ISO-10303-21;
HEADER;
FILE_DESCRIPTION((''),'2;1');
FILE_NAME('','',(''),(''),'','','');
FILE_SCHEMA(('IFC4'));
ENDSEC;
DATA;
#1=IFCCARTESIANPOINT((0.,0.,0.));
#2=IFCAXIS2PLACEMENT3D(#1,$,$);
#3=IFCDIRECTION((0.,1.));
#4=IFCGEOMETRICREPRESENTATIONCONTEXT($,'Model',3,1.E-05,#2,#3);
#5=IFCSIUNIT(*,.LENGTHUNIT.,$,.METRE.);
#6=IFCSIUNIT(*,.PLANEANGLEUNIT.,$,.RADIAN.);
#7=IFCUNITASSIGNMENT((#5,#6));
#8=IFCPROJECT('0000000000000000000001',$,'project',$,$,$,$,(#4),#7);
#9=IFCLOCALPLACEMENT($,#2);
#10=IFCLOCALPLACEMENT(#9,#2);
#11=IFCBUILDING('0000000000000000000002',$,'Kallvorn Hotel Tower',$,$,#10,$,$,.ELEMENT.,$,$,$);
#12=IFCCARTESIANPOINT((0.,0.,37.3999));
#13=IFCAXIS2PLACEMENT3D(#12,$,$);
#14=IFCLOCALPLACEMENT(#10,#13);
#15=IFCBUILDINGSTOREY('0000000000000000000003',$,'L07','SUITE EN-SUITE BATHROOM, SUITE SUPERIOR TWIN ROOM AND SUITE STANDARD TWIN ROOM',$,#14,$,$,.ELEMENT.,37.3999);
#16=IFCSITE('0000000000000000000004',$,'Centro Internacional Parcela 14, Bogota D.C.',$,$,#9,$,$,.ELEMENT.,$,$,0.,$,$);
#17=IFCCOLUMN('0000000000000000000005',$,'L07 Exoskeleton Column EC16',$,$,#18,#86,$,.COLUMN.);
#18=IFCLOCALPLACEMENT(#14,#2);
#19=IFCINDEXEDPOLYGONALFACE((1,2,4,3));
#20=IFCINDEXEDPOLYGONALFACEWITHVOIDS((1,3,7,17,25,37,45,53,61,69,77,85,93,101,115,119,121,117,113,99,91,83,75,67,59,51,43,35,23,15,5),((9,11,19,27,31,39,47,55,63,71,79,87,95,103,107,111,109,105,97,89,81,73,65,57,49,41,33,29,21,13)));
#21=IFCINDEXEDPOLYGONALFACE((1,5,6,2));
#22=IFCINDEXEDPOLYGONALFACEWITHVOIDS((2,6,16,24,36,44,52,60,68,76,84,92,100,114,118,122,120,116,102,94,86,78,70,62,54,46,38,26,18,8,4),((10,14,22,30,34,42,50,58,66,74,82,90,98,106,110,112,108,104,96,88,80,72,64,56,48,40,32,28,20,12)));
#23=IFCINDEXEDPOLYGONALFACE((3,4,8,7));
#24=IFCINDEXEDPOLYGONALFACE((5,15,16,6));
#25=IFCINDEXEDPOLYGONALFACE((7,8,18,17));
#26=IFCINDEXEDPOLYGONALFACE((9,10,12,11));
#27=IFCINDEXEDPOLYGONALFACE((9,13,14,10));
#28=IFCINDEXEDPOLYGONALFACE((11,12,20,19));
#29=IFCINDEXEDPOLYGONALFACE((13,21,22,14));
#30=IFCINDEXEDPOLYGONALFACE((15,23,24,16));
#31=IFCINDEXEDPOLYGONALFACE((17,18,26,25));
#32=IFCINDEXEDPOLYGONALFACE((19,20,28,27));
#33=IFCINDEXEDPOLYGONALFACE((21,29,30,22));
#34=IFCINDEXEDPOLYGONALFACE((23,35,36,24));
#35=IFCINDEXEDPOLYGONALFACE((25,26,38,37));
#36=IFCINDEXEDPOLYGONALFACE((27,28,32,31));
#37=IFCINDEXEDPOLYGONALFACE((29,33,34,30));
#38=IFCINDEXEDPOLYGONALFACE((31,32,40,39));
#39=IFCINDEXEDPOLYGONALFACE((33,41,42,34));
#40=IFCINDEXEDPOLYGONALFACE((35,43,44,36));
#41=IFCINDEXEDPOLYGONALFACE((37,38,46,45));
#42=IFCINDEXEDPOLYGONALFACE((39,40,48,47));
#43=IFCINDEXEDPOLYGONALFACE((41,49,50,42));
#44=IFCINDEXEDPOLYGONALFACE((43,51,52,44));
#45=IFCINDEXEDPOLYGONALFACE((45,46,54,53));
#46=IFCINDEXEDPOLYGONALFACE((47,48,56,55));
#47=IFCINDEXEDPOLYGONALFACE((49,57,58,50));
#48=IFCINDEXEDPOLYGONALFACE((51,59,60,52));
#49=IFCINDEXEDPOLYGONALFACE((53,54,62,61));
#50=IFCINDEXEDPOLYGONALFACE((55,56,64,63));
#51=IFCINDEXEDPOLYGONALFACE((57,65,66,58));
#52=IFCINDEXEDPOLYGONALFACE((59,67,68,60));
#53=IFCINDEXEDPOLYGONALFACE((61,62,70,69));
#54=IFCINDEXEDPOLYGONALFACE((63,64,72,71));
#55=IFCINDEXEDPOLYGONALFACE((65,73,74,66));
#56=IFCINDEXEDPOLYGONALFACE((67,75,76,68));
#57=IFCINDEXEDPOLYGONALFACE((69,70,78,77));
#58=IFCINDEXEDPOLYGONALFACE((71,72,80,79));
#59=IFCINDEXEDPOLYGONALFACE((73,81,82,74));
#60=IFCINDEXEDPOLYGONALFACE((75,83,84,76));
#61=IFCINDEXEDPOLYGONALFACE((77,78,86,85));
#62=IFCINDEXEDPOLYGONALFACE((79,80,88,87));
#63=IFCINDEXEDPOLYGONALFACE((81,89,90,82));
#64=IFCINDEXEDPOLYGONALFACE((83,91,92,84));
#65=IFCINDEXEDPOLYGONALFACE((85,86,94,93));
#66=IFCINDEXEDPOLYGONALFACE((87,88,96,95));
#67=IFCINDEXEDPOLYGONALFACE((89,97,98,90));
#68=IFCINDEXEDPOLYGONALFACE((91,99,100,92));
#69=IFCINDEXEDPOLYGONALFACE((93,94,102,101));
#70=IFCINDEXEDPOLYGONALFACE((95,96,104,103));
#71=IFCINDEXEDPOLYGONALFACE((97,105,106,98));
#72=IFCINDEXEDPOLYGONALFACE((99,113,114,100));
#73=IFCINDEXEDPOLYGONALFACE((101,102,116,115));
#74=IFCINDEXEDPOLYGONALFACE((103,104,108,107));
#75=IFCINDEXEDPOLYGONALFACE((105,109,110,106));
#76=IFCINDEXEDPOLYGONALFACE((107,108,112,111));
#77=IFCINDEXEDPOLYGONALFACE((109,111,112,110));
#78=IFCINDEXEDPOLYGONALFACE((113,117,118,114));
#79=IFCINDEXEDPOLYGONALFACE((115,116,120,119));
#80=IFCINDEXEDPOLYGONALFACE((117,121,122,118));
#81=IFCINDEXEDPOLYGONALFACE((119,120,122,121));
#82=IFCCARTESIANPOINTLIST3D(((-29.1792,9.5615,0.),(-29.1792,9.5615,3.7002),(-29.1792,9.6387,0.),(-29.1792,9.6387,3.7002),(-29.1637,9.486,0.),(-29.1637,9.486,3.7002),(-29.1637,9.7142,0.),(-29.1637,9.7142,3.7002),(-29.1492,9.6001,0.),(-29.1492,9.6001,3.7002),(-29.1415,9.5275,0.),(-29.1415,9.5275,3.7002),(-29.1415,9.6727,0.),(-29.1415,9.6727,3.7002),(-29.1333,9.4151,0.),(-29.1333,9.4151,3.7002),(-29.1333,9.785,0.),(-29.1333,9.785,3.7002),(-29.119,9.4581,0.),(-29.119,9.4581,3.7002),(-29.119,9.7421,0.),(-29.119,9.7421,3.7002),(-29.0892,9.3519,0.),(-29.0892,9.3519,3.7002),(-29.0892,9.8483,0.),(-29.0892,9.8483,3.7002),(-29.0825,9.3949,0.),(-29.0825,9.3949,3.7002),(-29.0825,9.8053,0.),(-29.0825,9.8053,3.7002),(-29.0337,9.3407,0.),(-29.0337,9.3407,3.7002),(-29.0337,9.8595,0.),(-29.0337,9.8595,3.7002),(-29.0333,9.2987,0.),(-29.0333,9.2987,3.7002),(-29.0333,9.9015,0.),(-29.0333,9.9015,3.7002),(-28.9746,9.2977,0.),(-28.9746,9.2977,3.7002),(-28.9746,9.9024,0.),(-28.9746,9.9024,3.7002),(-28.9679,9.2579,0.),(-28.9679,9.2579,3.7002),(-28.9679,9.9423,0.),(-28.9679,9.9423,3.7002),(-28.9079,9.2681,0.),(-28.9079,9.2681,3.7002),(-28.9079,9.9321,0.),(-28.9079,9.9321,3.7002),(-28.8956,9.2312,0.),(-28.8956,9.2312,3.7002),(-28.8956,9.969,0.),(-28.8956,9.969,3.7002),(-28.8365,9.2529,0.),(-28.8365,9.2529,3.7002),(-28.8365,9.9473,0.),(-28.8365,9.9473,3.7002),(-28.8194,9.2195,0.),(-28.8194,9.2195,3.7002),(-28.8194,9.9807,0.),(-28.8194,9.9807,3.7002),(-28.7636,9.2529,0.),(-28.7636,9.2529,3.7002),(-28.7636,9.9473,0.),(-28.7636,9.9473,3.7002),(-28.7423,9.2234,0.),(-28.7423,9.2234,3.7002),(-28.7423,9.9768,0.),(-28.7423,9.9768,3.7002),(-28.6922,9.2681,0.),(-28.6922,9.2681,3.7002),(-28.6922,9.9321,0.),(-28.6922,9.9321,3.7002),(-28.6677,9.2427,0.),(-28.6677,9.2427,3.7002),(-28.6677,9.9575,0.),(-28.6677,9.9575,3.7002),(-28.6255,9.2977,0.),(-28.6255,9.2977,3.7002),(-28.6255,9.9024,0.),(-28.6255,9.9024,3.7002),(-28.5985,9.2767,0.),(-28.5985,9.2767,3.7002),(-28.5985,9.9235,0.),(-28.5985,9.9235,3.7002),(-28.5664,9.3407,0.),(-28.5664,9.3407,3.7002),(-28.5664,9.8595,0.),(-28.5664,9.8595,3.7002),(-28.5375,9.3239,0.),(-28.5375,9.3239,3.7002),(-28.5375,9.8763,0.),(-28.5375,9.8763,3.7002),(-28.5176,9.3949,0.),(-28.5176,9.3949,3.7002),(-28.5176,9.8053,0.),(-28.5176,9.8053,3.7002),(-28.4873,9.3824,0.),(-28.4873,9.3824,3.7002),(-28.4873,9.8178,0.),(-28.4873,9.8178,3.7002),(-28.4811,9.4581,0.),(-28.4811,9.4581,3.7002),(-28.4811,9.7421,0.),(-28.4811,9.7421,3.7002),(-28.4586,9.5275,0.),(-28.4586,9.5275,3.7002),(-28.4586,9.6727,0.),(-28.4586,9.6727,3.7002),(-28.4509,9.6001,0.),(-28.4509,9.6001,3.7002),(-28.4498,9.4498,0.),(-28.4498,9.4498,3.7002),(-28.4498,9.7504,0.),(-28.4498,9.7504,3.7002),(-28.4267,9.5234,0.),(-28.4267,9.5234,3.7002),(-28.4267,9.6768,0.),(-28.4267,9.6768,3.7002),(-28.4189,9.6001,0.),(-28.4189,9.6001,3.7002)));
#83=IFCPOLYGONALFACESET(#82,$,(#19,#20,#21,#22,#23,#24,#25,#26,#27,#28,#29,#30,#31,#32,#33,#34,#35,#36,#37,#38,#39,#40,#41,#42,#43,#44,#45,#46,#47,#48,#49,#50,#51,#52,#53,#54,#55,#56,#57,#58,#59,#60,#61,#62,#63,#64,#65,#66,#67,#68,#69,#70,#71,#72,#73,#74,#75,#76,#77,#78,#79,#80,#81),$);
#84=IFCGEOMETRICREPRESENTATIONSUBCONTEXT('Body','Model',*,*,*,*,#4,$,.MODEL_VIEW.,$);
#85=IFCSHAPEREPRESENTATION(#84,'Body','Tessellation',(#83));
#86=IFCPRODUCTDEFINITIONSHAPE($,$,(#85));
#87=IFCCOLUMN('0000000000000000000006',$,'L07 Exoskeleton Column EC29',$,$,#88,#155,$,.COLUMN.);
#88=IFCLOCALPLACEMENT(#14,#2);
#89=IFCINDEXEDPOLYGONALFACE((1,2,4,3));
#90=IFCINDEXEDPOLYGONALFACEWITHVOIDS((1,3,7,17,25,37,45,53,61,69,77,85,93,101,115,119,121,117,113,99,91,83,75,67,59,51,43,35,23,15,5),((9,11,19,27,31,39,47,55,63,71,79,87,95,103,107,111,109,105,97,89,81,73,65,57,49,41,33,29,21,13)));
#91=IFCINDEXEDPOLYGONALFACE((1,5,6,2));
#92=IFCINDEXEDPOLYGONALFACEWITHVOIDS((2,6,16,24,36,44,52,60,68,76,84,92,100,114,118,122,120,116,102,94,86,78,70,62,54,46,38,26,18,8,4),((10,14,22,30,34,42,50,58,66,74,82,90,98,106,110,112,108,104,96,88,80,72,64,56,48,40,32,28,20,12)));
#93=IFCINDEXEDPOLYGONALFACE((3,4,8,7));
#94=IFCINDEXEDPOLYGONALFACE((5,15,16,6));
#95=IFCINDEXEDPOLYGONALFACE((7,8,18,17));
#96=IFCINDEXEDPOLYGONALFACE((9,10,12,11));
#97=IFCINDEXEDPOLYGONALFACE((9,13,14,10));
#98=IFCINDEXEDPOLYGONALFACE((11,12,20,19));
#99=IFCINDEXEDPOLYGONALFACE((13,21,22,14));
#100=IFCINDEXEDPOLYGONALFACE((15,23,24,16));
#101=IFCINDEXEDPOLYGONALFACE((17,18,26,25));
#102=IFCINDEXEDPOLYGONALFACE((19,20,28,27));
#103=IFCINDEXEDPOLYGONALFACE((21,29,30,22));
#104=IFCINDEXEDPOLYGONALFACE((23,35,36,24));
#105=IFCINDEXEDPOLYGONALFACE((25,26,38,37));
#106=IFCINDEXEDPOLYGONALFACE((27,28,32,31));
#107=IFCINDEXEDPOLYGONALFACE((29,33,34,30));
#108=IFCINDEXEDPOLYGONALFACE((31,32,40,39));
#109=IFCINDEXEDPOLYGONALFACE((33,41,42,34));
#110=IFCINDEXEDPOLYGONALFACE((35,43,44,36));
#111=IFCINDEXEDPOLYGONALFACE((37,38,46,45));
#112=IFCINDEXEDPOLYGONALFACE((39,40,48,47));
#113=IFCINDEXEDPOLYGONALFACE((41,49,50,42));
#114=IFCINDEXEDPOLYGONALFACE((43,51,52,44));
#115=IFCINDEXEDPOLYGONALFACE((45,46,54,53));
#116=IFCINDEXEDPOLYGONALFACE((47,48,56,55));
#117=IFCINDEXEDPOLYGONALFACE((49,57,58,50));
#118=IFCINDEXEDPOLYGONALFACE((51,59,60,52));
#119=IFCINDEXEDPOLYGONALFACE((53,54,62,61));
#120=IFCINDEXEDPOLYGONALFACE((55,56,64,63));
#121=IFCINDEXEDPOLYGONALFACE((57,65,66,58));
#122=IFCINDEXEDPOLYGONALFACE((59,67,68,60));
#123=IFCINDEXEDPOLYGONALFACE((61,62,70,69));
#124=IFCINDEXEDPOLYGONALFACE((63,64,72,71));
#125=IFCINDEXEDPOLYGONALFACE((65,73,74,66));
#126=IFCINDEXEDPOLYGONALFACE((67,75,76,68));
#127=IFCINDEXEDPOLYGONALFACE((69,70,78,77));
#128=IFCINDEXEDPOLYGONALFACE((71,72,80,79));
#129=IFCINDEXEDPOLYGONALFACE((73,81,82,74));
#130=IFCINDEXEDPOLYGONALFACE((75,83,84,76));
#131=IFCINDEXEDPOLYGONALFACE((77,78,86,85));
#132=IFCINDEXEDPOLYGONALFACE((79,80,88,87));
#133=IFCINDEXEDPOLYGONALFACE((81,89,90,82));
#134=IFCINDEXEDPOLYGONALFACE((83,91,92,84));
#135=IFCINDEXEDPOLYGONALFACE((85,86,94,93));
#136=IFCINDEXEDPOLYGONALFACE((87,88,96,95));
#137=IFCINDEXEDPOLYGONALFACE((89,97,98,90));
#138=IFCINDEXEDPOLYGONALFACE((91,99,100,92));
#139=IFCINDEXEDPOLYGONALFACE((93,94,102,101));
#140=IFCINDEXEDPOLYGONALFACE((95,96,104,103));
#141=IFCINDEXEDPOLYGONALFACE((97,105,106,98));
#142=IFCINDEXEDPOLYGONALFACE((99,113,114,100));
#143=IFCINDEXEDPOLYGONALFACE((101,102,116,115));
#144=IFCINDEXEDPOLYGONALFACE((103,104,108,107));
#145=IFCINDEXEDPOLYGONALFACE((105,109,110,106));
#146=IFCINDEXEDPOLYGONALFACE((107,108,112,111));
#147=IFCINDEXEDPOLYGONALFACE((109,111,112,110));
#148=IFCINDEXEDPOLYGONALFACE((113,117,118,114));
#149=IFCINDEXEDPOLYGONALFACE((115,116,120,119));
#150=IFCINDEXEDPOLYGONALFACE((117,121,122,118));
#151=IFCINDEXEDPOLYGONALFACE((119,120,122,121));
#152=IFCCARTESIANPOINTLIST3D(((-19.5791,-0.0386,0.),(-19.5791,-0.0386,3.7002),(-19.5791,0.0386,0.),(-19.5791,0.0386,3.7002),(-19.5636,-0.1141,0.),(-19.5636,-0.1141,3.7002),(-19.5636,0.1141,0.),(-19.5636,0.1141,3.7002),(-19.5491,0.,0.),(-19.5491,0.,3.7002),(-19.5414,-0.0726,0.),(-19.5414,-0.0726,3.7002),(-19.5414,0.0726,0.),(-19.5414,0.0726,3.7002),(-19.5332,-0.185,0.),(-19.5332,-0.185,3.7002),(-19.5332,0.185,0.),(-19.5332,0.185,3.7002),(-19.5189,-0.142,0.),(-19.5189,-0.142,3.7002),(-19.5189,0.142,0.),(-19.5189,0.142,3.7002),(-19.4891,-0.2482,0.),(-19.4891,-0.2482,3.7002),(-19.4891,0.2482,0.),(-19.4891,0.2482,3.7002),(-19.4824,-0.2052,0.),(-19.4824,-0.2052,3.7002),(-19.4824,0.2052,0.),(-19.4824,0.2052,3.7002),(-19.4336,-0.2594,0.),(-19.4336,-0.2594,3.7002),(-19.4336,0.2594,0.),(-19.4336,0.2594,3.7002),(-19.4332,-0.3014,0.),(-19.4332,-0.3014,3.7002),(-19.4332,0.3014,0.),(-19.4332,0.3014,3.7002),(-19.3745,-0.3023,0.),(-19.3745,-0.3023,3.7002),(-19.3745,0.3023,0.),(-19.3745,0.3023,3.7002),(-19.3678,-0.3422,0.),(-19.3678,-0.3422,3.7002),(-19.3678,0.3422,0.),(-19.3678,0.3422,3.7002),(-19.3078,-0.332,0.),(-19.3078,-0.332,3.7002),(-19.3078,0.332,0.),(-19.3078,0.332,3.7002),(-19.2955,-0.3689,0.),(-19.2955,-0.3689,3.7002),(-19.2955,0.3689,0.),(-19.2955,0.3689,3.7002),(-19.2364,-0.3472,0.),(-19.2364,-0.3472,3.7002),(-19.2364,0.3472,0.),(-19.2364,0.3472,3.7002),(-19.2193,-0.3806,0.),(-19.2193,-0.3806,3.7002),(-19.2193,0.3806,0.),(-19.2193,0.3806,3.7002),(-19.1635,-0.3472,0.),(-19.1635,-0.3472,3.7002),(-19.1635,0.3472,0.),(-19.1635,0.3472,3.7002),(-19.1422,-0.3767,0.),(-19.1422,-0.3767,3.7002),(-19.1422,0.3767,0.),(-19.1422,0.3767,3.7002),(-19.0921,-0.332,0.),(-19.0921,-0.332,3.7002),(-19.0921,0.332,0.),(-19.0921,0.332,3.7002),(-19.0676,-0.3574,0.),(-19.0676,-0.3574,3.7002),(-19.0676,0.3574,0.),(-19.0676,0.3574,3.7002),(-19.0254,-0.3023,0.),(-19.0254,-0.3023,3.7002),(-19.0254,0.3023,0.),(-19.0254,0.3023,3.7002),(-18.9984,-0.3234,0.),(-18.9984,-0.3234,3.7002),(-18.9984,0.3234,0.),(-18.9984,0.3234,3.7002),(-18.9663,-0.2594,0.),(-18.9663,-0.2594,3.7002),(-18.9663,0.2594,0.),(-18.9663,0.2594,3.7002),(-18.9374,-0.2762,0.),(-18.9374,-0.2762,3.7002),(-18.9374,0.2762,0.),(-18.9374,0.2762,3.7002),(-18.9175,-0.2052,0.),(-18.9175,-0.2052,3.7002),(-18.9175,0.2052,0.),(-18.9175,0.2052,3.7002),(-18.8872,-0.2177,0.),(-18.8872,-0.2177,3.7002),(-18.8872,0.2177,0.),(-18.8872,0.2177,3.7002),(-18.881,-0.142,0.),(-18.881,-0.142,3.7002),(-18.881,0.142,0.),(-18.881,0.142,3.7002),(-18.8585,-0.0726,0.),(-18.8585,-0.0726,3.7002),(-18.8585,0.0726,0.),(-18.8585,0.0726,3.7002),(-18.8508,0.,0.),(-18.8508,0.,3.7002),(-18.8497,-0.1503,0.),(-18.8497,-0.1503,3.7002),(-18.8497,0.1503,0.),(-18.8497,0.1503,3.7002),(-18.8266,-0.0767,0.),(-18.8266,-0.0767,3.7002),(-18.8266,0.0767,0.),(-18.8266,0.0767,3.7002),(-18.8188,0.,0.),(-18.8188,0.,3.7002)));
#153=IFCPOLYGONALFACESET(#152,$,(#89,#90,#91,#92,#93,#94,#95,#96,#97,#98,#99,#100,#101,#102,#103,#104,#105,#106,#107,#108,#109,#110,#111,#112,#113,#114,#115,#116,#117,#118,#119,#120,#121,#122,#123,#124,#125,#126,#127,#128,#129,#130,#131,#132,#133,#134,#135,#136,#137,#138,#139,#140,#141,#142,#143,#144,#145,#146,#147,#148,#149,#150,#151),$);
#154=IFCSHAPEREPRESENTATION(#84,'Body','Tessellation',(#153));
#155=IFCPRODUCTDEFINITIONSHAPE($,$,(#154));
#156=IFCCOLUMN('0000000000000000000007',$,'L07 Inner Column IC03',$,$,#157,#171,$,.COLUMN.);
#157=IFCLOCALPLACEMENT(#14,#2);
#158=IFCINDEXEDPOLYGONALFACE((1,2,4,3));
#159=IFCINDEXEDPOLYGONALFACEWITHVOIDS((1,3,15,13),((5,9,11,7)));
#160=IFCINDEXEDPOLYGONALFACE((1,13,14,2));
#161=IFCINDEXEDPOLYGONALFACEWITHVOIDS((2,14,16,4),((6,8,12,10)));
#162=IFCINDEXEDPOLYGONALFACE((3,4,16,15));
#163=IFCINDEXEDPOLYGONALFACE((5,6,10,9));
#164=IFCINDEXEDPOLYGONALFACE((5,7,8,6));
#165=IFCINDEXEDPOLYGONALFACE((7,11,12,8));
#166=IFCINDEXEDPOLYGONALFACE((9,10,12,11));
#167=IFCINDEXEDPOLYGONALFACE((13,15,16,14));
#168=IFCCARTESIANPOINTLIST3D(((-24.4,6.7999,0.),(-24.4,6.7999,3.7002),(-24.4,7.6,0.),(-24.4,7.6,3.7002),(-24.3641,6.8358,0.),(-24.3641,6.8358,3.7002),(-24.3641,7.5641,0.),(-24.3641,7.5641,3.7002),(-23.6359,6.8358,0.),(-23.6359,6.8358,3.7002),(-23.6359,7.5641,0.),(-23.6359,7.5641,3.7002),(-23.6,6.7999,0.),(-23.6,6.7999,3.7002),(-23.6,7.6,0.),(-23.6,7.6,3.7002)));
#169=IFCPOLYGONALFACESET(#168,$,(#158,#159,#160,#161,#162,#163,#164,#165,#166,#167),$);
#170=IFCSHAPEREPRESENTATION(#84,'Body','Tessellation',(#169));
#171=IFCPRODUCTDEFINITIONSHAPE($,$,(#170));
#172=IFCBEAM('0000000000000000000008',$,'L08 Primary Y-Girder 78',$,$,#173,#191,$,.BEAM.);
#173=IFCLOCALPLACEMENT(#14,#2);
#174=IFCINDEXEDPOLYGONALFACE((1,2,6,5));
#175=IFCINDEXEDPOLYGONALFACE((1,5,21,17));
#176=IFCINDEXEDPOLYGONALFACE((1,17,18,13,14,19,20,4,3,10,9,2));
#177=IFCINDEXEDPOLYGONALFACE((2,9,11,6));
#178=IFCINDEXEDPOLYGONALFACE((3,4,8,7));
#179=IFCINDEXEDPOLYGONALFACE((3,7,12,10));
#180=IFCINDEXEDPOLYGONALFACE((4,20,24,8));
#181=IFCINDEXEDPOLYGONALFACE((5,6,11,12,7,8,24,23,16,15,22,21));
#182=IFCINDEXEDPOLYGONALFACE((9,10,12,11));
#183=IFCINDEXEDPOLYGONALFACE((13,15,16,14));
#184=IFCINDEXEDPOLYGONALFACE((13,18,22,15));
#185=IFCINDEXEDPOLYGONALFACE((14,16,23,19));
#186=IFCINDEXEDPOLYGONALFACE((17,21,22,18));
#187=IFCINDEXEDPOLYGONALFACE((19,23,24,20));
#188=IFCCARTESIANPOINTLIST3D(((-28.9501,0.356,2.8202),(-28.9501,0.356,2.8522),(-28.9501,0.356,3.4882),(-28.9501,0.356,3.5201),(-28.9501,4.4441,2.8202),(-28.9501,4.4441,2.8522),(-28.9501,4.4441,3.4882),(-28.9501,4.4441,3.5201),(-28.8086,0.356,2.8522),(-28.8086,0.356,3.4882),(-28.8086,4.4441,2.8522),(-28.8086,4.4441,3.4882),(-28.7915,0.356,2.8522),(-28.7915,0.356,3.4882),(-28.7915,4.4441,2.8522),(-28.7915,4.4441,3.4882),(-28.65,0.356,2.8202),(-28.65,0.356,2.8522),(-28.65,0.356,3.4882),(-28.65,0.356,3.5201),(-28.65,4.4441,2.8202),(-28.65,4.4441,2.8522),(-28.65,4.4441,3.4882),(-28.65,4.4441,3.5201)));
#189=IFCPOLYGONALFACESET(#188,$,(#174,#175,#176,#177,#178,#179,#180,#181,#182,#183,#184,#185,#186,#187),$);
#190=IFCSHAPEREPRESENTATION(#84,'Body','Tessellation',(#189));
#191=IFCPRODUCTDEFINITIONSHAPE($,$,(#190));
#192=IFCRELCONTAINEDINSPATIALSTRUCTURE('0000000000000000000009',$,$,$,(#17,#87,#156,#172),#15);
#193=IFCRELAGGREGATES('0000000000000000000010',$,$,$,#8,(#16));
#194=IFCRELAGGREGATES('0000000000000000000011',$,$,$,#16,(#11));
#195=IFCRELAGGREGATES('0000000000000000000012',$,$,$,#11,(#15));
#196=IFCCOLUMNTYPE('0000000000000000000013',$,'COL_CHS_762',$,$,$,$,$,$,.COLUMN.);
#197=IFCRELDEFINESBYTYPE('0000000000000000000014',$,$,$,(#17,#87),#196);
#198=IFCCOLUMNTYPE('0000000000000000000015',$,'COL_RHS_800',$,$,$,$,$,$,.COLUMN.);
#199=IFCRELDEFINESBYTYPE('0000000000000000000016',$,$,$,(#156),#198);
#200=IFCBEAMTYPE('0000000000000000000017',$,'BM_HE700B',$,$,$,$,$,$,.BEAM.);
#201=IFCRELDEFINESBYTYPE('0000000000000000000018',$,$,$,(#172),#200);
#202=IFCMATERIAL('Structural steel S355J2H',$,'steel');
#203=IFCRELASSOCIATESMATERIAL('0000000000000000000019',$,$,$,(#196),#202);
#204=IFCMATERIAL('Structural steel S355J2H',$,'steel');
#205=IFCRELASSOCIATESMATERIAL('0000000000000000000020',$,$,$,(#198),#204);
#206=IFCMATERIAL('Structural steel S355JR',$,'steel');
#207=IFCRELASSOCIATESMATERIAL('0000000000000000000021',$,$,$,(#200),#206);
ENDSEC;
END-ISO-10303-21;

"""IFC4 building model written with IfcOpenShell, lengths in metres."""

from ifc_helpers import new_model, si_unit, direction, frame, origin, origin_2d, place, context, subcontext, project, spatial, hollow_rectangle, hollow_circle, i_section, extrude, material, material_profile, profile_set, type_object, element, save


model = new_model("IFC4")

# Units and contexts
model_context = context("Model", 3, precision=1e-05, world=origin(), true_north=direction((0.0, 1.0)))
body_context = subcontext(model_context, "Body", "Model", "MODEL_VIEW")
ifc_project = project(units=[si_unit("LENGTHUNIT", "METRE"), si_unit("PLANEANGLEUNIT", "RADIAN")], contexts=[model_context])

# Site, building, storey
site_placement = place(None, origin())
site = spatial("IfcSite", under=ifc_project, at=site_placement, Name="Centro Internacional Parcela 14, Bogota D.C.", CompositionType="ELEMENT", RefElevation=0.0)
building_placement = place(site_placement, origin())
building = spatial("IfcBuilding", under=site, at=building_placement, Name="Kallvorn Hotel Tower", CompositionType="ELEMENT")
storey_placement = place(building_placement, frame((0.0, 0.0, 37.3999)))
storey = spatial("IfcBuildingStorey", under=building, at=storey_placement, Name="L07", Description="SUITE EN-SUITE BATHROOM, SUITE SUPERIOR TWIN ROOM AND SUITE STANDARD TWIN ROOM", CompositionType="ELEMENT", Elevation=37.3999)

# Columns
ifc_material_1 = material(Name="Structural steel S355J2H", Category="steel")
ifc_material_profile_1 = material_profile(ifc_material_1, hollow_circle(Radius=0.3811, WallThickness=0.032, at=origin_2d()), Name="CHS 762x32")
ifc_profile_set_1 = profile_set([ifc_material_profile_1], Name="Structural steel S355J2H")
column_type_1 = type_object("IfcColumnType", Name="COL_CHS_762", PredefinedType="COLUMN", material=ifc_profile_set_1)
for number, where, z_axis, x_axis, name in (
    (1, (-28.8, 9.6001, 0.0), (0.0, 0.0, 1.0), (1.0, 0.0, 0.0), "L07 Exoskeleton Column EC16"),
    (2, (-19.2, 0.0, 0.0), (0.0, 0.0, 1.0), (1.0, 0.0, 0.0), "L07 Exoskeleton Column EC29"),
):
    element("IfcColumn", number, at=place(storey_placement, frame(where, z_axis=z_axis, x_axis=x_axis)), inside=storey, type_object=column_type_1, Name=name, PredefinedType="COLUMN", context=body_context, shape_type="SweptSolid", body=[
        extrude(hollow_circle(Radius=0.3811, WallThickness=0.032, at=origin_2d()), origin(), (0.0, 0.0, 1.0), 3.7002),
    ])
ifc_material_2 = material(Name="Structural steel S355J2H", Category="steel")
ifc_material_profile_2 = material_profile(ifc_material_2, hollow_rectangle(XDim=0.8, YDim=0.8, WallThickness=0.0359, at=origin_2d()), Name="RHS 800x800x36")
ifc_profile_set_2 = profile_set([ifc_material_profile_2], Name="Structural steel S355J2H")
column_type_2 = type_object("IfcColumnType", Name="COL_RHS_800", PredefinedType="COLUMN", material=ifc_profile_set_2)
column_placement = place(storey_placement, frame((-24.0, 7.2, 0.0), z_axis=(0.0, 0.0, 1.0), x_axis=(1.0, 0.0, 0.0)))
element("IfcColumn", 3, at=column_placement, inside=storey, type_object=column_type_2, Name="L07 Inner Column IC03", PredefinedType="COLUMN", context=body_context, shape_type="SweptSolid", body=[
    extrude(hollow_rectangle(XDim=0.8, YDim=0.8, WallThickness=0.0359, at=origin_2d()), origin(), (0.0, 0.0, 1.0), 3.7002),
])

# Beam
ifc_material_3 = material(Name="Structural steel S355JR", Category="steel")
ifc_material_profile_3 = material_profile(ifc_material_3, i_section(OverallWidth=0.3, OverallDepth=0.7, WebThickness=0.0171, FlangeThickness=0.032, at=origin_2d()), Name="HE 700 B")
ifc_profile_set_3 = profile_set([ifc_material_profile_3], Name="Structural steel S355JR")
beam_type_1 = type_object("IfcBeamType", Name="BM_HE700B", PredefinedType="BEAM", material=ifc_profile_set_3)
beam_1_placement = place(storey_placement, frame((-28.8, 0.356, 3.1702), z_axis=(0.0, 1.0, 0.0), x_axis=(-1.0, 0.0, 0.0)))
element("IfcBeam", 4, at=beam_1_placement, inside=storey, type_object=beam_type_1, Name="L08 Primary Y-Girder 78", PredefinedType="BEAM", context=body_context, shape_type="SweptSolid", body=[
    extrude(i_section(OverallWidth=0.3, OverallDepth=0.7, WebThickness=0.0171, FlangeThickness=0.032, at=origin_2d()), origin(), (0.0, 0.0, 1.0), 4.0881),
])

save(model, "model.ifc")
